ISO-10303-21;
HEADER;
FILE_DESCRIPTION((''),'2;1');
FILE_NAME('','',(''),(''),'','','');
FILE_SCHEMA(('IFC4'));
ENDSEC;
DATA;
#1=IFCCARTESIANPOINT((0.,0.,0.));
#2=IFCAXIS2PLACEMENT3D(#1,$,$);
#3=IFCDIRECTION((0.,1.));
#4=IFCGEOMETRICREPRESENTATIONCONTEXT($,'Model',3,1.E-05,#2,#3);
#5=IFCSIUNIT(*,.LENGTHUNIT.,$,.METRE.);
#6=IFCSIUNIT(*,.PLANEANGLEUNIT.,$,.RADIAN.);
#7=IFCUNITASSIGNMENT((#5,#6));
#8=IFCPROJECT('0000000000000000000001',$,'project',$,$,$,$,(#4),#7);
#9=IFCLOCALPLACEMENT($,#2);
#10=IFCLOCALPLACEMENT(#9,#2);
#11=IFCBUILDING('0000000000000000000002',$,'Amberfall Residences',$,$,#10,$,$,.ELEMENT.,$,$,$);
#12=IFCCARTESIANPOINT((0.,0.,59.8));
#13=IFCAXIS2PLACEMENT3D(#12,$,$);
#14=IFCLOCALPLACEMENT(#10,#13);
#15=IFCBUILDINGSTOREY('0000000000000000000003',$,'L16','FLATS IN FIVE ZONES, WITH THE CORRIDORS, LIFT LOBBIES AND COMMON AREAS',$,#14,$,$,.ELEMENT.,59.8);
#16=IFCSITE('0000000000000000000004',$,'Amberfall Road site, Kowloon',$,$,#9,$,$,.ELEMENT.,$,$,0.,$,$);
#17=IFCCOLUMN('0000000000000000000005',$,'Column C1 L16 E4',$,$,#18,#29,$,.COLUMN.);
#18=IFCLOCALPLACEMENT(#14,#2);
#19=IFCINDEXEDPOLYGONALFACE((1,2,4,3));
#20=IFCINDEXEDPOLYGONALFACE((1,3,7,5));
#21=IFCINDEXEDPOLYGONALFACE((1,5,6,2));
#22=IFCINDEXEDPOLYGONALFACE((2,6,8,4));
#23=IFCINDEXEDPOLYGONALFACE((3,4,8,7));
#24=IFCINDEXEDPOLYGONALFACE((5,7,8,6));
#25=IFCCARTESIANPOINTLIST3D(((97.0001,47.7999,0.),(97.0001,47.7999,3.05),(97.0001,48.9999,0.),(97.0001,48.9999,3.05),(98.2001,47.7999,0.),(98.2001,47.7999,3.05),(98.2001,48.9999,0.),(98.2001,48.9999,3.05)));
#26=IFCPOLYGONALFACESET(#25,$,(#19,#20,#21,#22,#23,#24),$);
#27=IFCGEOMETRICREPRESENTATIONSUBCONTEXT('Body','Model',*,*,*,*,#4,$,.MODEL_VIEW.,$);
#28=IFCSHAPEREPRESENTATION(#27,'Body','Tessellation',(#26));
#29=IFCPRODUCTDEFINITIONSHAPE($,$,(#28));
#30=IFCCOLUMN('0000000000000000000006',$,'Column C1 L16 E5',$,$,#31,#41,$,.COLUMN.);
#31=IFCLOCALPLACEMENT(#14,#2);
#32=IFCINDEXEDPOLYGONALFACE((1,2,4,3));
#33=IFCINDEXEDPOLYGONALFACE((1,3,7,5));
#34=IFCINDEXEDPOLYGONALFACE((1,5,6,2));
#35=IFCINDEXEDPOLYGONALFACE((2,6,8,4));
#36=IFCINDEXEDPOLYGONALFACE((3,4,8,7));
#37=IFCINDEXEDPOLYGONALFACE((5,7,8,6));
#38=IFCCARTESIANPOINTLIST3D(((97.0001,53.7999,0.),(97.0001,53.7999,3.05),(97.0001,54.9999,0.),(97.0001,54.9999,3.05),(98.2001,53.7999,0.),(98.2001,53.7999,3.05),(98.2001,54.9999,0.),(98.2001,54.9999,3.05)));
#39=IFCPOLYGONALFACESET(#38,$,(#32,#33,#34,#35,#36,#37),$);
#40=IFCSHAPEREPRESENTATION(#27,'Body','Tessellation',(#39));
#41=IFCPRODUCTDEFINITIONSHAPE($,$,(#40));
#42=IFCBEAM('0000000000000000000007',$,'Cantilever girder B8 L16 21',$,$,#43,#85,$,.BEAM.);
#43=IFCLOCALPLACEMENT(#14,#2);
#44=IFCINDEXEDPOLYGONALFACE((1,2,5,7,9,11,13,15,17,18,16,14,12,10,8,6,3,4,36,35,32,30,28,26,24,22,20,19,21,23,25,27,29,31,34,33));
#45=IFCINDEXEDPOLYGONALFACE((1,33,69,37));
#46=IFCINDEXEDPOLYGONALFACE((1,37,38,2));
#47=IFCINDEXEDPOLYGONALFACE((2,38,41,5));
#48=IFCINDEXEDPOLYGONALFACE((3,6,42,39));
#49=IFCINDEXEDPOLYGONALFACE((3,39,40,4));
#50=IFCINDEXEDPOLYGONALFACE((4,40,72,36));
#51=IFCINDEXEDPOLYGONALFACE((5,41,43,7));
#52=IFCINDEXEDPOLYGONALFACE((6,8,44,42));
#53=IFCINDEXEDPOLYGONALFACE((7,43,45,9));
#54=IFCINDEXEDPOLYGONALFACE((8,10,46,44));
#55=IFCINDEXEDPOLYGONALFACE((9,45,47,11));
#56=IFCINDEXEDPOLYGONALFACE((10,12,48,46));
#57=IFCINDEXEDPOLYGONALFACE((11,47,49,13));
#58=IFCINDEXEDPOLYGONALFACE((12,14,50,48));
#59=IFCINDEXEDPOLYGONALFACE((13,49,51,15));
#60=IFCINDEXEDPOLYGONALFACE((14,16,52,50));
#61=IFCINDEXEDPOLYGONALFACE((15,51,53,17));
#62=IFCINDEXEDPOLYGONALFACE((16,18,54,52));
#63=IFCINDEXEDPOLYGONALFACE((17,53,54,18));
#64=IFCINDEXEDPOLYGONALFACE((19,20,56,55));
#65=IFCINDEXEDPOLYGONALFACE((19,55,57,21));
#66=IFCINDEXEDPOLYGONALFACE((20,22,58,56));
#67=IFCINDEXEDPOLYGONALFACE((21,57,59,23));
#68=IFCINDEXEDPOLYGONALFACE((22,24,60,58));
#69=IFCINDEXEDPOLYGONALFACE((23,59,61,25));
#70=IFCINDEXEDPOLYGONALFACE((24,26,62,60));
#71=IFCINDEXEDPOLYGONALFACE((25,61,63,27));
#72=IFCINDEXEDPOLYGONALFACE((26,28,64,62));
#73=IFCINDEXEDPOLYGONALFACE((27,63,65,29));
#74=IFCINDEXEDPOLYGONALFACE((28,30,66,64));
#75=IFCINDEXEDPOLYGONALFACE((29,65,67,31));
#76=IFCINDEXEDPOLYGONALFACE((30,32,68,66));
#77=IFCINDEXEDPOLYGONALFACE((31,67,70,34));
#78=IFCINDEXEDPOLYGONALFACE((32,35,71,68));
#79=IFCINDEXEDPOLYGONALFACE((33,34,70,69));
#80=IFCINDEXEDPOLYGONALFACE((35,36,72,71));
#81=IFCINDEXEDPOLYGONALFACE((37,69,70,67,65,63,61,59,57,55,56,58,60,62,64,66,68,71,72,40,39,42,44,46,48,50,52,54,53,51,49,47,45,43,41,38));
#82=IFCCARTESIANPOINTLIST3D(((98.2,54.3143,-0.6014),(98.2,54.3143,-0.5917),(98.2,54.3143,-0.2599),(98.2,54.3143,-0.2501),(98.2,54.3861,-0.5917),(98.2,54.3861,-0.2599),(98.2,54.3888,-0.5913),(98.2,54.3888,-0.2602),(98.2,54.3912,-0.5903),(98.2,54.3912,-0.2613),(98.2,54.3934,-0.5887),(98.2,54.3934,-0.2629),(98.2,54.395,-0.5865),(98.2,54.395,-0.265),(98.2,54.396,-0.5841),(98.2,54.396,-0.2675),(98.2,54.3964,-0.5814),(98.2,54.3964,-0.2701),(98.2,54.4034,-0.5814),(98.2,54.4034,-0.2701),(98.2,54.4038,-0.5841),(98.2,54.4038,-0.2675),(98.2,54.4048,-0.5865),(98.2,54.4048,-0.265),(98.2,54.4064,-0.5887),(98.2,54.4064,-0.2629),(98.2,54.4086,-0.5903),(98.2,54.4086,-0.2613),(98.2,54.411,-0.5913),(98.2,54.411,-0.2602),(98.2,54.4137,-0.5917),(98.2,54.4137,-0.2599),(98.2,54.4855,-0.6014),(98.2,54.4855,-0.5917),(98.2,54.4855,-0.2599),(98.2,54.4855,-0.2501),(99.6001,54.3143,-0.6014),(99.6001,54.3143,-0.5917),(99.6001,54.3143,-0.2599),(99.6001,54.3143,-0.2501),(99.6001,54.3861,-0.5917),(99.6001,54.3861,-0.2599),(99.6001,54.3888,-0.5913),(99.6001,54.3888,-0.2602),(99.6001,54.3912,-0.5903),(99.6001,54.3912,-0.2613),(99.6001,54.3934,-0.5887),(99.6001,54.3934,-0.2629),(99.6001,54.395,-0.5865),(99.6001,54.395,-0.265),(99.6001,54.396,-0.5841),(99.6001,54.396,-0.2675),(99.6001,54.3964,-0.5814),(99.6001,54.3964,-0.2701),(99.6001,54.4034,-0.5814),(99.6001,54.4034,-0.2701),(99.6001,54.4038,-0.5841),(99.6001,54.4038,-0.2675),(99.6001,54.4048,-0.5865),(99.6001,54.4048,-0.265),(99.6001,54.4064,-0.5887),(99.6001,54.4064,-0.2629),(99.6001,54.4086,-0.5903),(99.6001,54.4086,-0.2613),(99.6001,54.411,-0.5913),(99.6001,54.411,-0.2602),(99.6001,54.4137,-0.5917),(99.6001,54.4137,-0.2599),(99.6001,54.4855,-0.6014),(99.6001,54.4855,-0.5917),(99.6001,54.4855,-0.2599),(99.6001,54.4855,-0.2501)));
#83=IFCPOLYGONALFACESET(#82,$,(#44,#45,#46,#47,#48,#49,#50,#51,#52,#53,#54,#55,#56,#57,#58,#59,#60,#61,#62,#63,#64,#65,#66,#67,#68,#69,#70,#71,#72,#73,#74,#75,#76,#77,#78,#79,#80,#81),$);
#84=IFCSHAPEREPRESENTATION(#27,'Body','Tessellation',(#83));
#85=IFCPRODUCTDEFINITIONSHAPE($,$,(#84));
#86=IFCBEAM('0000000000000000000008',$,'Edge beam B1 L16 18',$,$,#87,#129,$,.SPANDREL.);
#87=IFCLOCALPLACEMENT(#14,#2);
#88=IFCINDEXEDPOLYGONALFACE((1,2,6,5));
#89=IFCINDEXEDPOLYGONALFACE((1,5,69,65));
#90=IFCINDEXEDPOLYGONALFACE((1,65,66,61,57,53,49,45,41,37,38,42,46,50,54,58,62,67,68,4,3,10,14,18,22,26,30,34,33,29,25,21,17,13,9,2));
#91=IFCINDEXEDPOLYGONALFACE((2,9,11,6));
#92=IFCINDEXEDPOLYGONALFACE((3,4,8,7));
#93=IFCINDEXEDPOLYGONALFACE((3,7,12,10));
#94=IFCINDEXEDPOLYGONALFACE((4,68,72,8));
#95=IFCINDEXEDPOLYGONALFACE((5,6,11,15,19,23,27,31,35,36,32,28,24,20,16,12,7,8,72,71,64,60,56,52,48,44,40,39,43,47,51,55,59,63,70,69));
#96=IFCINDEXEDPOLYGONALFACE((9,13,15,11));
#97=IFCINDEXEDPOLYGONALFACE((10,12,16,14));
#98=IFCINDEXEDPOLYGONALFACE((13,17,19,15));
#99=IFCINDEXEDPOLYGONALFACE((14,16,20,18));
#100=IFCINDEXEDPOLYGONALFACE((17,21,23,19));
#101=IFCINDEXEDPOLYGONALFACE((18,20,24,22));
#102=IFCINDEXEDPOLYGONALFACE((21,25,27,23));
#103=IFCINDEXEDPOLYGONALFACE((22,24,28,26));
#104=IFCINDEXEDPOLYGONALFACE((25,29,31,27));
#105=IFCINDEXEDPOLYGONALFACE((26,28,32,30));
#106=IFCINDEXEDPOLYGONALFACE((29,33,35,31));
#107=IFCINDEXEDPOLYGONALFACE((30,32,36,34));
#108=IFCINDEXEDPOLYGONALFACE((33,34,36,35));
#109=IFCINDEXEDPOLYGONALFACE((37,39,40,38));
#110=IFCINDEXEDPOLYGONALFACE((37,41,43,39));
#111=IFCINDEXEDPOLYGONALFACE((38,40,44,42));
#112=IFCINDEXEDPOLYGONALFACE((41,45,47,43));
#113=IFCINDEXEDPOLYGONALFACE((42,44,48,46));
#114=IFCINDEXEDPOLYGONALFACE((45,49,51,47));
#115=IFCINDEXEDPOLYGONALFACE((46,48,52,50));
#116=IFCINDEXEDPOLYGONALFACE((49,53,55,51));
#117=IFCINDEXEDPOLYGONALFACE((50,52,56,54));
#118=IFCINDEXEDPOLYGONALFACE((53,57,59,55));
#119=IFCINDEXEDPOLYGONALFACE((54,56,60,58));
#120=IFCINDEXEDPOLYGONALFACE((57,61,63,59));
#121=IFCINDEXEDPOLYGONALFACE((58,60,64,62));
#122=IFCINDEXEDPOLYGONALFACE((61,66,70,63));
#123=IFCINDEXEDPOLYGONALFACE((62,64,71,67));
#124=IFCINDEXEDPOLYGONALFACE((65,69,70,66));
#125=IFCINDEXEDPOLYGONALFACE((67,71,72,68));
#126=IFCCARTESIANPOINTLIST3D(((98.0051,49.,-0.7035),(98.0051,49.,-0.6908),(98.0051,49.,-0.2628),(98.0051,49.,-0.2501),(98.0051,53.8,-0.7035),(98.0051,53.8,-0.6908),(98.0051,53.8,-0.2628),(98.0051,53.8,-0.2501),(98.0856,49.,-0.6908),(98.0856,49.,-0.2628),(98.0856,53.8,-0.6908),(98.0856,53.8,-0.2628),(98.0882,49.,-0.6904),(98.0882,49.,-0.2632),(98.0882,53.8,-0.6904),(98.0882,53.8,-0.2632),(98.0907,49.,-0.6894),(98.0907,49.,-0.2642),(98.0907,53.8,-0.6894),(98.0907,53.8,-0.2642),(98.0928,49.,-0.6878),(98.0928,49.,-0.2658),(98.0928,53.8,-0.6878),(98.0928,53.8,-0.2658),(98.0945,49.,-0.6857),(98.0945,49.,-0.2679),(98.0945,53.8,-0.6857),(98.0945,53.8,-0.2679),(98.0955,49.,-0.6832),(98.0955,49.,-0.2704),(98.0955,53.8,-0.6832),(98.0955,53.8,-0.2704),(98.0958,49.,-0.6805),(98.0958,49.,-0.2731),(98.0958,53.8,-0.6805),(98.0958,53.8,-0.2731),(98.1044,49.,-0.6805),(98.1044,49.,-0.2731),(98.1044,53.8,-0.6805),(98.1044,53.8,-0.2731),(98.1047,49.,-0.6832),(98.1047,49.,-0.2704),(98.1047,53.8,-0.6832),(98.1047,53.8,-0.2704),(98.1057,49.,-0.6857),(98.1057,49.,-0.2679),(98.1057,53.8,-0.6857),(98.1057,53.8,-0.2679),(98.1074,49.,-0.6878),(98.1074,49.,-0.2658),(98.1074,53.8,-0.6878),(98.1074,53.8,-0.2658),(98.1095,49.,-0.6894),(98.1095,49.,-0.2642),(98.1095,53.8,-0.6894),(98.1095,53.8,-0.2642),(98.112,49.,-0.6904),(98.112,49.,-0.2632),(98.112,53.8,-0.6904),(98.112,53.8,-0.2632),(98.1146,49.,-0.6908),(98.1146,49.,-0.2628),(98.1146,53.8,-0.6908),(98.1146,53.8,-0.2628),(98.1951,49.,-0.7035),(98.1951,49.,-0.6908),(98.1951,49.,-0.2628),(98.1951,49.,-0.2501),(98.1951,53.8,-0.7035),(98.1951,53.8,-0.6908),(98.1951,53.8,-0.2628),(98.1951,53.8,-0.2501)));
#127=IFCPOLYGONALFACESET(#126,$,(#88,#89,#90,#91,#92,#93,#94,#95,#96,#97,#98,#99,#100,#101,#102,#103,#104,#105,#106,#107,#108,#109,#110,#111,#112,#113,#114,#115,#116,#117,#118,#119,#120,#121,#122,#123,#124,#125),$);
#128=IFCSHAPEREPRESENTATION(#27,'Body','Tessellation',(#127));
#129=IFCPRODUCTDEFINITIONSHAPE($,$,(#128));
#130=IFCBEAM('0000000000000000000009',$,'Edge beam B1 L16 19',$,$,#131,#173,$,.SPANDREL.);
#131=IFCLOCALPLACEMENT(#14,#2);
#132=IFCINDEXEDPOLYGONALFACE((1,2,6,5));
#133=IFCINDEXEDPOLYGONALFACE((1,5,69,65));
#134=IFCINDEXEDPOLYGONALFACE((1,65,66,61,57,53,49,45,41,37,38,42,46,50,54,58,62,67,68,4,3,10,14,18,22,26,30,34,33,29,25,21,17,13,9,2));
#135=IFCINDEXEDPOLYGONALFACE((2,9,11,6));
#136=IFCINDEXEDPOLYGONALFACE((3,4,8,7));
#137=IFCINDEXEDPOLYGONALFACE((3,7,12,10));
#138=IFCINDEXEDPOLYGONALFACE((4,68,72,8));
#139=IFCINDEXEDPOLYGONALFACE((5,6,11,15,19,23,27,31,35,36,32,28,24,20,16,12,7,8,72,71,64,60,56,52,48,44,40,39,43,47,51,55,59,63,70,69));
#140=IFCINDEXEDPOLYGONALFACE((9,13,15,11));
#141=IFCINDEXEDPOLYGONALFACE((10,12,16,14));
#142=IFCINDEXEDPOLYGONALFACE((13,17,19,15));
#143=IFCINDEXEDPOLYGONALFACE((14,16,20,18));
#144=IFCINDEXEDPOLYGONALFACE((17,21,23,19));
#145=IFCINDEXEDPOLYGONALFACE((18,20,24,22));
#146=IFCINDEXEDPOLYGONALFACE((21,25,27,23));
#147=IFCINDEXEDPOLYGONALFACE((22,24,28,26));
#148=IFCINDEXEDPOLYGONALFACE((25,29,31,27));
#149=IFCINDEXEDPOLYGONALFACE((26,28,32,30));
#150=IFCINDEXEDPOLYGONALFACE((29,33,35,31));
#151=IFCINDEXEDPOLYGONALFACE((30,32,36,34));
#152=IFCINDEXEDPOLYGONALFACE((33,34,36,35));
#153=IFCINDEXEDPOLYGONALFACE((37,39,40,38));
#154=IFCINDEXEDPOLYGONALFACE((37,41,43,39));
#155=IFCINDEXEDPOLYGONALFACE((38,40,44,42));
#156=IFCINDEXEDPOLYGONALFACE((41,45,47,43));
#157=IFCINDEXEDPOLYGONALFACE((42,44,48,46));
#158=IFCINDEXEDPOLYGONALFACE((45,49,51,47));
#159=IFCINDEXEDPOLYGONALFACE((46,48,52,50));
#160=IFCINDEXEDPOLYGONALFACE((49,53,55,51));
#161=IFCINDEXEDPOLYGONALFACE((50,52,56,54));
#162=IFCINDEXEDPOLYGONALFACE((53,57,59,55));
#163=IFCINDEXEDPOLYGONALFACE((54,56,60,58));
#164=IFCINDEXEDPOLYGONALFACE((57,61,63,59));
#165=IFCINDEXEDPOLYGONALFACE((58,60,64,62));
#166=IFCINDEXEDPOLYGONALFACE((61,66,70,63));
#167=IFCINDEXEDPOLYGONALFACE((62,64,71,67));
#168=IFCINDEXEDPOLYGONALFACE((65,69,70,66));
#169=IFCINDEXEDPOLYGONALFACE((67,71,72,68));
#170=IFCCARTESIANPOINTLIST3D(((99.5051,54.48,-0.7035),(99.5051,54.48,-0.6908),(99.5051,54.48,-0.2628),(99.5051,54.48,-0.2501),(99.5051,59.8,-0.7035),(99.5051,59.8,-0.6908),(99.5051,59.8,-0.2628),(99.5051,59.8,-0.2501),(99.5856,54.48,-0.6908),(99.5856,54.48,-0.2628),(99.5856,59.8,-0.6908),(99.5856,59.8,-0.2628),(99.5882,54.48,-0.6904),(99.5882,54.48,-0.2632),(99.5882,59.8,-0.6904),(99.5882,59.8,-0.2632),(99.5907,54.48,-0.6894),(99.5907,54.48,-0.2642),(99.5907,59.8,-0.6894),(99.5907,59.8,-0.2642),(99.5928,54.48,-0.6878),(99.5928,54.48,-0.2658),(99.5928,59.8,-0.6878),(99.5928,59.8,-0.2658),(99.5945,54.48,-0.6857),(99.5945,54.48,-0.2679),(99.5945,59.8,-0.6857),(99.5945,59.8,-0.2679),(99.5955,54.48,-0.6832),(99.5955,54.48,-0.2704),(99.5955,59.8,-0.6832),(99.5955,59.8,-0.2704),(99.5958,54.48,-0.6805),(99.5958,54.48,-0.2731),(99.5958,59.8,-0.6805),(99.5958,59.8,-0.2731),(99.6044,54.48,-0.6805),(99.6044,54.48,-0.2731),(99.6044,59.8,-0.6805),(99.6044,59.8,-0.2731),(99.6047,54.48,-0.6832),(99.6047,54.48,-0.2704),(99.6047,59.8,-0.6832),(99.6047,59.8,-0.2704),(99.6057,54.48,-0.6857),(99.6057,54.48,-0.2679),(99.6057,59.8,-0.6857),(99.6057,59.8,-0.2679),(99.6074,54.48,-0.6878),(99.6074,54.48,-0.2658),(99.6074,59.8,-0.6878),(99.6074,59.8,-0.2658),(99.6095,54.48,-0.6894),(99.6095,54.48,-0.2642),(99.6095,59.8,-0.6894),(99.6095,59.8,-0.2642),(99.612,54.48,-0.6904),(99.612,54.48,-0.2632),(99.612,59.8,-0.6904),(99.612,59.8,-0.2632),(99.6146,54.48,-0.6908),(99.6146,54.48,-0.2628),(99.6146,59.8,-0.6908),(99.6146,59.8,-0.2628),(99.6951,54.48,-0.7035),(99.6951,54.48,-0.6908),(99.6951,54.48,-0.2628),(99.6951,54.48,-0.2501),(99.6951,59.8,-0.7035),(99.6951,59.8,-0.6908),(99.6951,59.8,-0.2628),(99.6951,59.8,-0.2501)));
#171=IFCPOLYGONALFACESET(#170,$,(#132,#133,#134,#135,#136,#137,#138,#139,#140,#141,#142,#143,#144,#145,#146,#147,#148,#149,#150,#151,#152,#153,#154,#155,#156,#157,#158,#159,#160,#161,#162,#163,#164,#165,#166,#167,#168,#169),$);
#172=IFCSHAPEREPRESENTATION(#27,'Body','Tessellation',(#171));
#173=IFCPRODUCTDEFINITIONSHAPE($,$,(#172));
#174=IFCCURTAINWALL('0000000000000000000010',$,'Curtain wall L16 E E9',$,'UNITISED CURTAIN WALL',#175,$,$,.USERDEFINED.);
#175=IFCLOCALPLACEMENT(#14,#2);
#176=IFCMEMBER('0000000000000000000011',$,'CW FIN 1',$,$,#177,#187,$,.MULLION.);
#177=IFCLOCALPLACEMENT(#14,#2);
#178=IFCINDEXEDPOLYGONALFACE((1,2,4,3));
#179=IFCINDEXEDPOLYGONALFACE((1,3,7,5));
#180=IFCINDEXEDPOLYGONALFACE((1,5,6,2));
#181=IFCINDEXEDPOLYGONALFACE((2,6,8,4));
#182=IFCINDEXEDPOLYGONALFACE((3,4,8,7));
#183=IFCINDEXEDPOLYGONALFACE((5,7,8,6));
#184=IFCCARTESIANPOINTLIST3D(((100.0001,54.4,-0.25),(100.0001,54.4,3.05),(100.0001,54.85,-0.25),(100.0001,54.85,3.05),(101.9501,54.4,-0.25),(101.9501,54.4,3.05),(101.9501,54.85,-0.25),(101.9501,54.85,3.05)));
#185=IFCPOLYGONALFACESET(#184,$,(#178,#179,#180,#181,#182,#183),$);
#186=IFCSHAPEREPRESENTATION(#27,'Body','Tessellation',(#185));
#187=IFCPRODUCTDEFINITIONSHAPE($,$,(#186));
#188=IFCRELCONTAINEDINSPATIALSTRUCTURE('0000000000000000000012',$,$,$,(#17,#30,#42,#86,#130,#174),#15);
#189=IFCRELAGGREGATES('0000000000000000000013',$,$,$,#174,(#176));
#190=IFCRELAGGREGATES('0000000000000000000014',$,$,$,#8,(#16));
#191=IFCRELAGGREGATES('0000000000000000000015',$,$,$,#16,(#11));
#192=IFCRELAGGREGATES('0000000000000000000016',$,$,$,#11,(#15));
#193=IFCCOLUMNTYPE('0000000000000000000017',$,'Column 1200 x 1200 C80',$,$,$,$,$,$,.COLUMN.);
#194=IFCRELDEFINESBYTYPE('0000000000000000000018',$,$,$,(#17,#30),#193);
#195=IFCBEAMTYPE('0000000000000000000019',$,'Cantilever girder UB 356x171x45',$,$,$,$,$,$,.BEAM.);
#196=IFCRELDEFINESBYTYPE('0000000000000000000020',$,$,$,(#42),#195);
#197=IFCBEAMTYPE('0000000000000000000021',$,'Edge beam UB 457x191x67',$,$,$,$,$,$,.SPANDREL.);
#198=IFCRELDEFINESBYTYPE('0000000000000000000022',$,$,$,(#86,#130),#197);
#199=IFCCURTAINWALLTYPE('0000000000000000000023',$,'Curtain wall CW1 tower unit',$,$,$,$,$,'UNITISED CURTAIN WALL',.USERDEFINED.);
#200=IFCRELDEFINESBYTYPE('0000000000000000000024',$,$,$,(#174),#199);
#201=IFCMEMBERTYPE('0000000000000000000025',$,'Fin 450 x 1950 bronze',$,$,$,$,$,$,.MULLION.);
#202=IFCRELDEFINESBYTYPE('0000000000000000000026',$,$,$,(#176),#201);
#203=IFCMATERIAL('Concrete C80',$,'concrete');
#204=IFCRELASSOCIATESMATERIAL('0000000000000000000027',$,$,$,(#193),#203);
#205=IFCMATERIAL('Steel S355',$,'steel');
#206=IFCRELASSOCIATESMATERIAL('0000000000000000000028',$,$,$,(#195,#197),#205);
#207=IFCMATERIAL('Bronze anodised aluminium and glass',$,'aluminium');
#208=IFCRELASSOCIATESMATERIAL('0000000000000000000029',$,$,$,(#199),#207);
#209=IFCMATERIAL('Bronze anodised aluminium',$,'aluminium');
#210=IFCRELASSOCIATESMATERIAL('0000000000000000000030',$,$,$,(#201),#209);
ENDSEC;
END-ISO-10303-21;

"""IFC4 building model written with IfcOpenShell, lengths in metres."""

from ifc_helpers import new_model, si_unit, direction, frame, origin, origin_2d, place, context, subcontext, project, spatial, rectangle, i_section, extrude, material, material_profile, profile_set, type_object, element, aggregate, save


model = new_model("IFC4")

# Units and contexts
model_context = context("Model", 3, precision=1e-05, world=origin(), true_north=direction((0.0, 1.0)))
body_context = subcontext(model_context, "Body", "Model", "MODEL_VIEW")
ifc_project = project(units=[si_unit("LENGTHUNIT", "METRE"), si_unit("PLANEANGLEUNIT", "RADIAN")], contexts=[model_context])

# Site, building, storey
site_placement = place(None, origin())
site = spatial("IfcSite", under=ifc_project, at=site_placement, Name="Amberfall Road site, Kowloon", CompositionType="ELEMENT", RefElevation=0.0)
building_placement = place(site_placement, origin())
building = spatial("IfcBuilding", under=site, at=building_placement, Name="Amberfall Residences", CompositionType="ELEMENT")
storey_placement = place(building_placement, frame((0.0, 0.0, 59.8)))
storey = spatial("IfcBuildingStorey", under=building, at=storey_placement, Name="L16", Description="FLATS IN FIVE ZONES, WITH THE CORRIDORS, LIFT LOBBIES AND COMMON AREAS", CompositionType="ELEMENT", Elevation=59.8)

# Columns
ifc_material_1 = material(Name="Concrete C80", Category="concrete")
ifc_material_profile_1 = material_profile(ifc_material_1, rectangle(XDim=1.2, YDim=1.2, at=origin_2d()), Name="Column 1200 x 1200 C80")
ifc_profile_set_1 = profile_set([ifc_material_profile_1], Name="Concrete C80")
column_type = type_object("IfcColumnType", Name="Column 1200 x 1200 C80", PredefinedType="COLUMN", material=ifc_profile_set_1)
for number, where, z_axis, x_axis, name in (
    (1, (97.6001, 48.3999, 0.0), (0.0, 0.0, 1.0), (1.0, 0.0, 0.0), "Column C1 L16 E4"),
    (2, (97.6001, 54.3999, 0.0), (0.0, 0.0, 1.0), (1.0, 0.0, 0.0), "Column C1 L16 E5"),
):
    element("IfcColumn", number, at=place(storey_placement, frame(where, z_axis=z_axis, x_axis=x_axis)), inside=storey, type_object=column_type, Name=name, PredefinedType="COLUMN", context=body_context, shape_type="SweptSolid", body=[
        extrude(rectangle(XDim=1.2, YDim=1.2, at=origin_2d()), origin(), (0.0, 0.0, 1.0), 3.05),
    ])

# Beams
ifc_material_2 = material(Name="Steel S355", Category="steel")
ifc_material_profile_2 = material_profile(ifc_material_2, i_section(OverallWidth=0.1711, OverallDepth=0.3513, WebThickness=0.0071, FlangeThickness=0.0098, FilletRadius=0.0103, at=origin_2d()), Name="UB 356x171x45")
ifc_profile_set_2 = profile_set([ifc_material_profile_2], Name="Steel S355")
beam_type_1 = type_object("IfcBeamType", Name="Cantilever girder UB 356x171x45", PredefinedType="BEAM", material=ifc_profile_set_2)
beam_1_placement = place(storey_placement, frame((98.2, 54.3999, -0.4258), z_axis=(1.0, 0.0, 0.0), x_axis=(0.0, 1.0, 0.0)))
element("IfcBeam", 3, at=beam_1_placement, inside=storey, type_object=beam_type_1, Name="Cantilever girder B8 L16 21", PredefinedType="BEAM", context=body_context, shape_type="SweptSolid", body=[
    extrude(i_section(OverallWidth=0.1711, OverallDepth=0.3513, WebThickness=0.0071, FlangeThickness=0.0098, FilletRadius=0.0103, at=origin_2d()), origin(), (0.0, 0.0, 1.0), 1.4001),
])
ifc_material_profile_3 = material_profile(ifc_material_2, i_section(OverallWidth=0.1899, OverallDepth=0.4534, WebThickness=0.0085, FlangeThickness=0.0127, FilletRadius=0.0103, at=origin_2d()), Name="UB 457x191x67")
ifc_profile_set_3 = profile_set([ifc_material_profile_3], Name="Steel S355")
beam_type_2 = type_object("IfcBeamType", Name="Edge beam UB 457x191x67", PredefinedType="SPANDREL", material=ifc_profile_set_3)
beam_2_placement = place(storey_placement, frame((98.1001, 49.0, -0.4768), z_axis=(0.0, 1.0, 0.0), x_axis=(-1.0, 0.0, 0.0)))
element("IfcBeam", 4, at=beam_2_placement, inside=storey, type_object=beam_type_2, Name="Edge beam B1 L16 18", PredefinedType="SPANDREL", context=body_context, shape_type="SweptSolid", body=[
    extrude(i_section(OverallWidth=0.1899, OverallDepth=0.4534, WebThickness=0.0085, FlangeThickness=0.0127, FilletRadius=0.0103, at=origin_2d()), origin(), (0.0, 0.0, 1.0), 4.8),
])
beam_3_placement = place(storey_placement, frame((99.6001, 54.48, -0.4768), z_axis=(0.0, 1.0, 0.0), x_axis=(-1.0, 0.0, 0.0)))
element("IfcBeam", 5, at=beam_3_placement, inside=storey, type_object=beam_type_2, Name="Edge beam B1 L16 19", PredefinedType="SPANDREL", context=body_context, shape_type="SweptSolid", body=[
    extrude(i_section(OverallWidth=0.1899, OverallDepth=0.4534, WebThickness=0.0085, FlangeThickness=0.0127, FilletRadius=0.0103, at=origin_2d()), origin(), (0.0, 0.0, 1.0), 5.3201),
])

# Curtain wall, member
ifc_material_3 = material(Name="Bronze anodised aluminium and glass", Category="aluminium")
curtain_wall_type = type_object("IfcCurtainWallType", Name="Curtain wall CW1 tower unit", ElementType="UNITISED CURTAIN WALL", PredefinedType="USERDEFINED", material=ifc_material_3)
curtain_wall_placement = place(storey_placement, origin())
curtain_wall = element("IfcCurtainWall", 6, at=curtain_wall_placement, inside=storey, type_object=curtain_wall_type, Name="Curtain wall L16 E E9", ObjectType="UNITISED CURTAIN WALL", PredefinedType="USERDEFINED")
ifc_material_4 = material(Name="Bronze anodised aluminium", Category="aluminium")
ifc_material_profile_4 = material_profile(ifc_material_4, rectangle(XDim=1.95, YDim=0.45, at=origin_2d()), Name="Fin 450 x 1950 bronze")
ifc_profile_set_4 = profile_set([ifc_material_profile_4], Name="Bronze anodised aluminium")
member_type = type_object("IfcMemberType", Name="Fin 450 x 1950 bronze", PredefinedType="MULLION", material=ifc_profile_set_4)
member_placement = place(storey_placement, frame((100.9751, 54.625, -0.25), z_axis=(0.0, 0.0, 1.0), x_axis=(-1.0, 0.0, 0.0)))
member = element("IfcMember", 7, at=member_placement, type_object=member_type, Name="CW FIN 1", PredefinedType="MULLION", context=body_context, shape_type="SweptSolid", body=[
    extrude(rectangle(XDim=1.95, YDim=0.45, at=origin_2d()), origin(), (0.0, 0.0, 1.0), 3.3),
])
aggregate(curtain_wall, [member])

save(model, "model.ifc")
